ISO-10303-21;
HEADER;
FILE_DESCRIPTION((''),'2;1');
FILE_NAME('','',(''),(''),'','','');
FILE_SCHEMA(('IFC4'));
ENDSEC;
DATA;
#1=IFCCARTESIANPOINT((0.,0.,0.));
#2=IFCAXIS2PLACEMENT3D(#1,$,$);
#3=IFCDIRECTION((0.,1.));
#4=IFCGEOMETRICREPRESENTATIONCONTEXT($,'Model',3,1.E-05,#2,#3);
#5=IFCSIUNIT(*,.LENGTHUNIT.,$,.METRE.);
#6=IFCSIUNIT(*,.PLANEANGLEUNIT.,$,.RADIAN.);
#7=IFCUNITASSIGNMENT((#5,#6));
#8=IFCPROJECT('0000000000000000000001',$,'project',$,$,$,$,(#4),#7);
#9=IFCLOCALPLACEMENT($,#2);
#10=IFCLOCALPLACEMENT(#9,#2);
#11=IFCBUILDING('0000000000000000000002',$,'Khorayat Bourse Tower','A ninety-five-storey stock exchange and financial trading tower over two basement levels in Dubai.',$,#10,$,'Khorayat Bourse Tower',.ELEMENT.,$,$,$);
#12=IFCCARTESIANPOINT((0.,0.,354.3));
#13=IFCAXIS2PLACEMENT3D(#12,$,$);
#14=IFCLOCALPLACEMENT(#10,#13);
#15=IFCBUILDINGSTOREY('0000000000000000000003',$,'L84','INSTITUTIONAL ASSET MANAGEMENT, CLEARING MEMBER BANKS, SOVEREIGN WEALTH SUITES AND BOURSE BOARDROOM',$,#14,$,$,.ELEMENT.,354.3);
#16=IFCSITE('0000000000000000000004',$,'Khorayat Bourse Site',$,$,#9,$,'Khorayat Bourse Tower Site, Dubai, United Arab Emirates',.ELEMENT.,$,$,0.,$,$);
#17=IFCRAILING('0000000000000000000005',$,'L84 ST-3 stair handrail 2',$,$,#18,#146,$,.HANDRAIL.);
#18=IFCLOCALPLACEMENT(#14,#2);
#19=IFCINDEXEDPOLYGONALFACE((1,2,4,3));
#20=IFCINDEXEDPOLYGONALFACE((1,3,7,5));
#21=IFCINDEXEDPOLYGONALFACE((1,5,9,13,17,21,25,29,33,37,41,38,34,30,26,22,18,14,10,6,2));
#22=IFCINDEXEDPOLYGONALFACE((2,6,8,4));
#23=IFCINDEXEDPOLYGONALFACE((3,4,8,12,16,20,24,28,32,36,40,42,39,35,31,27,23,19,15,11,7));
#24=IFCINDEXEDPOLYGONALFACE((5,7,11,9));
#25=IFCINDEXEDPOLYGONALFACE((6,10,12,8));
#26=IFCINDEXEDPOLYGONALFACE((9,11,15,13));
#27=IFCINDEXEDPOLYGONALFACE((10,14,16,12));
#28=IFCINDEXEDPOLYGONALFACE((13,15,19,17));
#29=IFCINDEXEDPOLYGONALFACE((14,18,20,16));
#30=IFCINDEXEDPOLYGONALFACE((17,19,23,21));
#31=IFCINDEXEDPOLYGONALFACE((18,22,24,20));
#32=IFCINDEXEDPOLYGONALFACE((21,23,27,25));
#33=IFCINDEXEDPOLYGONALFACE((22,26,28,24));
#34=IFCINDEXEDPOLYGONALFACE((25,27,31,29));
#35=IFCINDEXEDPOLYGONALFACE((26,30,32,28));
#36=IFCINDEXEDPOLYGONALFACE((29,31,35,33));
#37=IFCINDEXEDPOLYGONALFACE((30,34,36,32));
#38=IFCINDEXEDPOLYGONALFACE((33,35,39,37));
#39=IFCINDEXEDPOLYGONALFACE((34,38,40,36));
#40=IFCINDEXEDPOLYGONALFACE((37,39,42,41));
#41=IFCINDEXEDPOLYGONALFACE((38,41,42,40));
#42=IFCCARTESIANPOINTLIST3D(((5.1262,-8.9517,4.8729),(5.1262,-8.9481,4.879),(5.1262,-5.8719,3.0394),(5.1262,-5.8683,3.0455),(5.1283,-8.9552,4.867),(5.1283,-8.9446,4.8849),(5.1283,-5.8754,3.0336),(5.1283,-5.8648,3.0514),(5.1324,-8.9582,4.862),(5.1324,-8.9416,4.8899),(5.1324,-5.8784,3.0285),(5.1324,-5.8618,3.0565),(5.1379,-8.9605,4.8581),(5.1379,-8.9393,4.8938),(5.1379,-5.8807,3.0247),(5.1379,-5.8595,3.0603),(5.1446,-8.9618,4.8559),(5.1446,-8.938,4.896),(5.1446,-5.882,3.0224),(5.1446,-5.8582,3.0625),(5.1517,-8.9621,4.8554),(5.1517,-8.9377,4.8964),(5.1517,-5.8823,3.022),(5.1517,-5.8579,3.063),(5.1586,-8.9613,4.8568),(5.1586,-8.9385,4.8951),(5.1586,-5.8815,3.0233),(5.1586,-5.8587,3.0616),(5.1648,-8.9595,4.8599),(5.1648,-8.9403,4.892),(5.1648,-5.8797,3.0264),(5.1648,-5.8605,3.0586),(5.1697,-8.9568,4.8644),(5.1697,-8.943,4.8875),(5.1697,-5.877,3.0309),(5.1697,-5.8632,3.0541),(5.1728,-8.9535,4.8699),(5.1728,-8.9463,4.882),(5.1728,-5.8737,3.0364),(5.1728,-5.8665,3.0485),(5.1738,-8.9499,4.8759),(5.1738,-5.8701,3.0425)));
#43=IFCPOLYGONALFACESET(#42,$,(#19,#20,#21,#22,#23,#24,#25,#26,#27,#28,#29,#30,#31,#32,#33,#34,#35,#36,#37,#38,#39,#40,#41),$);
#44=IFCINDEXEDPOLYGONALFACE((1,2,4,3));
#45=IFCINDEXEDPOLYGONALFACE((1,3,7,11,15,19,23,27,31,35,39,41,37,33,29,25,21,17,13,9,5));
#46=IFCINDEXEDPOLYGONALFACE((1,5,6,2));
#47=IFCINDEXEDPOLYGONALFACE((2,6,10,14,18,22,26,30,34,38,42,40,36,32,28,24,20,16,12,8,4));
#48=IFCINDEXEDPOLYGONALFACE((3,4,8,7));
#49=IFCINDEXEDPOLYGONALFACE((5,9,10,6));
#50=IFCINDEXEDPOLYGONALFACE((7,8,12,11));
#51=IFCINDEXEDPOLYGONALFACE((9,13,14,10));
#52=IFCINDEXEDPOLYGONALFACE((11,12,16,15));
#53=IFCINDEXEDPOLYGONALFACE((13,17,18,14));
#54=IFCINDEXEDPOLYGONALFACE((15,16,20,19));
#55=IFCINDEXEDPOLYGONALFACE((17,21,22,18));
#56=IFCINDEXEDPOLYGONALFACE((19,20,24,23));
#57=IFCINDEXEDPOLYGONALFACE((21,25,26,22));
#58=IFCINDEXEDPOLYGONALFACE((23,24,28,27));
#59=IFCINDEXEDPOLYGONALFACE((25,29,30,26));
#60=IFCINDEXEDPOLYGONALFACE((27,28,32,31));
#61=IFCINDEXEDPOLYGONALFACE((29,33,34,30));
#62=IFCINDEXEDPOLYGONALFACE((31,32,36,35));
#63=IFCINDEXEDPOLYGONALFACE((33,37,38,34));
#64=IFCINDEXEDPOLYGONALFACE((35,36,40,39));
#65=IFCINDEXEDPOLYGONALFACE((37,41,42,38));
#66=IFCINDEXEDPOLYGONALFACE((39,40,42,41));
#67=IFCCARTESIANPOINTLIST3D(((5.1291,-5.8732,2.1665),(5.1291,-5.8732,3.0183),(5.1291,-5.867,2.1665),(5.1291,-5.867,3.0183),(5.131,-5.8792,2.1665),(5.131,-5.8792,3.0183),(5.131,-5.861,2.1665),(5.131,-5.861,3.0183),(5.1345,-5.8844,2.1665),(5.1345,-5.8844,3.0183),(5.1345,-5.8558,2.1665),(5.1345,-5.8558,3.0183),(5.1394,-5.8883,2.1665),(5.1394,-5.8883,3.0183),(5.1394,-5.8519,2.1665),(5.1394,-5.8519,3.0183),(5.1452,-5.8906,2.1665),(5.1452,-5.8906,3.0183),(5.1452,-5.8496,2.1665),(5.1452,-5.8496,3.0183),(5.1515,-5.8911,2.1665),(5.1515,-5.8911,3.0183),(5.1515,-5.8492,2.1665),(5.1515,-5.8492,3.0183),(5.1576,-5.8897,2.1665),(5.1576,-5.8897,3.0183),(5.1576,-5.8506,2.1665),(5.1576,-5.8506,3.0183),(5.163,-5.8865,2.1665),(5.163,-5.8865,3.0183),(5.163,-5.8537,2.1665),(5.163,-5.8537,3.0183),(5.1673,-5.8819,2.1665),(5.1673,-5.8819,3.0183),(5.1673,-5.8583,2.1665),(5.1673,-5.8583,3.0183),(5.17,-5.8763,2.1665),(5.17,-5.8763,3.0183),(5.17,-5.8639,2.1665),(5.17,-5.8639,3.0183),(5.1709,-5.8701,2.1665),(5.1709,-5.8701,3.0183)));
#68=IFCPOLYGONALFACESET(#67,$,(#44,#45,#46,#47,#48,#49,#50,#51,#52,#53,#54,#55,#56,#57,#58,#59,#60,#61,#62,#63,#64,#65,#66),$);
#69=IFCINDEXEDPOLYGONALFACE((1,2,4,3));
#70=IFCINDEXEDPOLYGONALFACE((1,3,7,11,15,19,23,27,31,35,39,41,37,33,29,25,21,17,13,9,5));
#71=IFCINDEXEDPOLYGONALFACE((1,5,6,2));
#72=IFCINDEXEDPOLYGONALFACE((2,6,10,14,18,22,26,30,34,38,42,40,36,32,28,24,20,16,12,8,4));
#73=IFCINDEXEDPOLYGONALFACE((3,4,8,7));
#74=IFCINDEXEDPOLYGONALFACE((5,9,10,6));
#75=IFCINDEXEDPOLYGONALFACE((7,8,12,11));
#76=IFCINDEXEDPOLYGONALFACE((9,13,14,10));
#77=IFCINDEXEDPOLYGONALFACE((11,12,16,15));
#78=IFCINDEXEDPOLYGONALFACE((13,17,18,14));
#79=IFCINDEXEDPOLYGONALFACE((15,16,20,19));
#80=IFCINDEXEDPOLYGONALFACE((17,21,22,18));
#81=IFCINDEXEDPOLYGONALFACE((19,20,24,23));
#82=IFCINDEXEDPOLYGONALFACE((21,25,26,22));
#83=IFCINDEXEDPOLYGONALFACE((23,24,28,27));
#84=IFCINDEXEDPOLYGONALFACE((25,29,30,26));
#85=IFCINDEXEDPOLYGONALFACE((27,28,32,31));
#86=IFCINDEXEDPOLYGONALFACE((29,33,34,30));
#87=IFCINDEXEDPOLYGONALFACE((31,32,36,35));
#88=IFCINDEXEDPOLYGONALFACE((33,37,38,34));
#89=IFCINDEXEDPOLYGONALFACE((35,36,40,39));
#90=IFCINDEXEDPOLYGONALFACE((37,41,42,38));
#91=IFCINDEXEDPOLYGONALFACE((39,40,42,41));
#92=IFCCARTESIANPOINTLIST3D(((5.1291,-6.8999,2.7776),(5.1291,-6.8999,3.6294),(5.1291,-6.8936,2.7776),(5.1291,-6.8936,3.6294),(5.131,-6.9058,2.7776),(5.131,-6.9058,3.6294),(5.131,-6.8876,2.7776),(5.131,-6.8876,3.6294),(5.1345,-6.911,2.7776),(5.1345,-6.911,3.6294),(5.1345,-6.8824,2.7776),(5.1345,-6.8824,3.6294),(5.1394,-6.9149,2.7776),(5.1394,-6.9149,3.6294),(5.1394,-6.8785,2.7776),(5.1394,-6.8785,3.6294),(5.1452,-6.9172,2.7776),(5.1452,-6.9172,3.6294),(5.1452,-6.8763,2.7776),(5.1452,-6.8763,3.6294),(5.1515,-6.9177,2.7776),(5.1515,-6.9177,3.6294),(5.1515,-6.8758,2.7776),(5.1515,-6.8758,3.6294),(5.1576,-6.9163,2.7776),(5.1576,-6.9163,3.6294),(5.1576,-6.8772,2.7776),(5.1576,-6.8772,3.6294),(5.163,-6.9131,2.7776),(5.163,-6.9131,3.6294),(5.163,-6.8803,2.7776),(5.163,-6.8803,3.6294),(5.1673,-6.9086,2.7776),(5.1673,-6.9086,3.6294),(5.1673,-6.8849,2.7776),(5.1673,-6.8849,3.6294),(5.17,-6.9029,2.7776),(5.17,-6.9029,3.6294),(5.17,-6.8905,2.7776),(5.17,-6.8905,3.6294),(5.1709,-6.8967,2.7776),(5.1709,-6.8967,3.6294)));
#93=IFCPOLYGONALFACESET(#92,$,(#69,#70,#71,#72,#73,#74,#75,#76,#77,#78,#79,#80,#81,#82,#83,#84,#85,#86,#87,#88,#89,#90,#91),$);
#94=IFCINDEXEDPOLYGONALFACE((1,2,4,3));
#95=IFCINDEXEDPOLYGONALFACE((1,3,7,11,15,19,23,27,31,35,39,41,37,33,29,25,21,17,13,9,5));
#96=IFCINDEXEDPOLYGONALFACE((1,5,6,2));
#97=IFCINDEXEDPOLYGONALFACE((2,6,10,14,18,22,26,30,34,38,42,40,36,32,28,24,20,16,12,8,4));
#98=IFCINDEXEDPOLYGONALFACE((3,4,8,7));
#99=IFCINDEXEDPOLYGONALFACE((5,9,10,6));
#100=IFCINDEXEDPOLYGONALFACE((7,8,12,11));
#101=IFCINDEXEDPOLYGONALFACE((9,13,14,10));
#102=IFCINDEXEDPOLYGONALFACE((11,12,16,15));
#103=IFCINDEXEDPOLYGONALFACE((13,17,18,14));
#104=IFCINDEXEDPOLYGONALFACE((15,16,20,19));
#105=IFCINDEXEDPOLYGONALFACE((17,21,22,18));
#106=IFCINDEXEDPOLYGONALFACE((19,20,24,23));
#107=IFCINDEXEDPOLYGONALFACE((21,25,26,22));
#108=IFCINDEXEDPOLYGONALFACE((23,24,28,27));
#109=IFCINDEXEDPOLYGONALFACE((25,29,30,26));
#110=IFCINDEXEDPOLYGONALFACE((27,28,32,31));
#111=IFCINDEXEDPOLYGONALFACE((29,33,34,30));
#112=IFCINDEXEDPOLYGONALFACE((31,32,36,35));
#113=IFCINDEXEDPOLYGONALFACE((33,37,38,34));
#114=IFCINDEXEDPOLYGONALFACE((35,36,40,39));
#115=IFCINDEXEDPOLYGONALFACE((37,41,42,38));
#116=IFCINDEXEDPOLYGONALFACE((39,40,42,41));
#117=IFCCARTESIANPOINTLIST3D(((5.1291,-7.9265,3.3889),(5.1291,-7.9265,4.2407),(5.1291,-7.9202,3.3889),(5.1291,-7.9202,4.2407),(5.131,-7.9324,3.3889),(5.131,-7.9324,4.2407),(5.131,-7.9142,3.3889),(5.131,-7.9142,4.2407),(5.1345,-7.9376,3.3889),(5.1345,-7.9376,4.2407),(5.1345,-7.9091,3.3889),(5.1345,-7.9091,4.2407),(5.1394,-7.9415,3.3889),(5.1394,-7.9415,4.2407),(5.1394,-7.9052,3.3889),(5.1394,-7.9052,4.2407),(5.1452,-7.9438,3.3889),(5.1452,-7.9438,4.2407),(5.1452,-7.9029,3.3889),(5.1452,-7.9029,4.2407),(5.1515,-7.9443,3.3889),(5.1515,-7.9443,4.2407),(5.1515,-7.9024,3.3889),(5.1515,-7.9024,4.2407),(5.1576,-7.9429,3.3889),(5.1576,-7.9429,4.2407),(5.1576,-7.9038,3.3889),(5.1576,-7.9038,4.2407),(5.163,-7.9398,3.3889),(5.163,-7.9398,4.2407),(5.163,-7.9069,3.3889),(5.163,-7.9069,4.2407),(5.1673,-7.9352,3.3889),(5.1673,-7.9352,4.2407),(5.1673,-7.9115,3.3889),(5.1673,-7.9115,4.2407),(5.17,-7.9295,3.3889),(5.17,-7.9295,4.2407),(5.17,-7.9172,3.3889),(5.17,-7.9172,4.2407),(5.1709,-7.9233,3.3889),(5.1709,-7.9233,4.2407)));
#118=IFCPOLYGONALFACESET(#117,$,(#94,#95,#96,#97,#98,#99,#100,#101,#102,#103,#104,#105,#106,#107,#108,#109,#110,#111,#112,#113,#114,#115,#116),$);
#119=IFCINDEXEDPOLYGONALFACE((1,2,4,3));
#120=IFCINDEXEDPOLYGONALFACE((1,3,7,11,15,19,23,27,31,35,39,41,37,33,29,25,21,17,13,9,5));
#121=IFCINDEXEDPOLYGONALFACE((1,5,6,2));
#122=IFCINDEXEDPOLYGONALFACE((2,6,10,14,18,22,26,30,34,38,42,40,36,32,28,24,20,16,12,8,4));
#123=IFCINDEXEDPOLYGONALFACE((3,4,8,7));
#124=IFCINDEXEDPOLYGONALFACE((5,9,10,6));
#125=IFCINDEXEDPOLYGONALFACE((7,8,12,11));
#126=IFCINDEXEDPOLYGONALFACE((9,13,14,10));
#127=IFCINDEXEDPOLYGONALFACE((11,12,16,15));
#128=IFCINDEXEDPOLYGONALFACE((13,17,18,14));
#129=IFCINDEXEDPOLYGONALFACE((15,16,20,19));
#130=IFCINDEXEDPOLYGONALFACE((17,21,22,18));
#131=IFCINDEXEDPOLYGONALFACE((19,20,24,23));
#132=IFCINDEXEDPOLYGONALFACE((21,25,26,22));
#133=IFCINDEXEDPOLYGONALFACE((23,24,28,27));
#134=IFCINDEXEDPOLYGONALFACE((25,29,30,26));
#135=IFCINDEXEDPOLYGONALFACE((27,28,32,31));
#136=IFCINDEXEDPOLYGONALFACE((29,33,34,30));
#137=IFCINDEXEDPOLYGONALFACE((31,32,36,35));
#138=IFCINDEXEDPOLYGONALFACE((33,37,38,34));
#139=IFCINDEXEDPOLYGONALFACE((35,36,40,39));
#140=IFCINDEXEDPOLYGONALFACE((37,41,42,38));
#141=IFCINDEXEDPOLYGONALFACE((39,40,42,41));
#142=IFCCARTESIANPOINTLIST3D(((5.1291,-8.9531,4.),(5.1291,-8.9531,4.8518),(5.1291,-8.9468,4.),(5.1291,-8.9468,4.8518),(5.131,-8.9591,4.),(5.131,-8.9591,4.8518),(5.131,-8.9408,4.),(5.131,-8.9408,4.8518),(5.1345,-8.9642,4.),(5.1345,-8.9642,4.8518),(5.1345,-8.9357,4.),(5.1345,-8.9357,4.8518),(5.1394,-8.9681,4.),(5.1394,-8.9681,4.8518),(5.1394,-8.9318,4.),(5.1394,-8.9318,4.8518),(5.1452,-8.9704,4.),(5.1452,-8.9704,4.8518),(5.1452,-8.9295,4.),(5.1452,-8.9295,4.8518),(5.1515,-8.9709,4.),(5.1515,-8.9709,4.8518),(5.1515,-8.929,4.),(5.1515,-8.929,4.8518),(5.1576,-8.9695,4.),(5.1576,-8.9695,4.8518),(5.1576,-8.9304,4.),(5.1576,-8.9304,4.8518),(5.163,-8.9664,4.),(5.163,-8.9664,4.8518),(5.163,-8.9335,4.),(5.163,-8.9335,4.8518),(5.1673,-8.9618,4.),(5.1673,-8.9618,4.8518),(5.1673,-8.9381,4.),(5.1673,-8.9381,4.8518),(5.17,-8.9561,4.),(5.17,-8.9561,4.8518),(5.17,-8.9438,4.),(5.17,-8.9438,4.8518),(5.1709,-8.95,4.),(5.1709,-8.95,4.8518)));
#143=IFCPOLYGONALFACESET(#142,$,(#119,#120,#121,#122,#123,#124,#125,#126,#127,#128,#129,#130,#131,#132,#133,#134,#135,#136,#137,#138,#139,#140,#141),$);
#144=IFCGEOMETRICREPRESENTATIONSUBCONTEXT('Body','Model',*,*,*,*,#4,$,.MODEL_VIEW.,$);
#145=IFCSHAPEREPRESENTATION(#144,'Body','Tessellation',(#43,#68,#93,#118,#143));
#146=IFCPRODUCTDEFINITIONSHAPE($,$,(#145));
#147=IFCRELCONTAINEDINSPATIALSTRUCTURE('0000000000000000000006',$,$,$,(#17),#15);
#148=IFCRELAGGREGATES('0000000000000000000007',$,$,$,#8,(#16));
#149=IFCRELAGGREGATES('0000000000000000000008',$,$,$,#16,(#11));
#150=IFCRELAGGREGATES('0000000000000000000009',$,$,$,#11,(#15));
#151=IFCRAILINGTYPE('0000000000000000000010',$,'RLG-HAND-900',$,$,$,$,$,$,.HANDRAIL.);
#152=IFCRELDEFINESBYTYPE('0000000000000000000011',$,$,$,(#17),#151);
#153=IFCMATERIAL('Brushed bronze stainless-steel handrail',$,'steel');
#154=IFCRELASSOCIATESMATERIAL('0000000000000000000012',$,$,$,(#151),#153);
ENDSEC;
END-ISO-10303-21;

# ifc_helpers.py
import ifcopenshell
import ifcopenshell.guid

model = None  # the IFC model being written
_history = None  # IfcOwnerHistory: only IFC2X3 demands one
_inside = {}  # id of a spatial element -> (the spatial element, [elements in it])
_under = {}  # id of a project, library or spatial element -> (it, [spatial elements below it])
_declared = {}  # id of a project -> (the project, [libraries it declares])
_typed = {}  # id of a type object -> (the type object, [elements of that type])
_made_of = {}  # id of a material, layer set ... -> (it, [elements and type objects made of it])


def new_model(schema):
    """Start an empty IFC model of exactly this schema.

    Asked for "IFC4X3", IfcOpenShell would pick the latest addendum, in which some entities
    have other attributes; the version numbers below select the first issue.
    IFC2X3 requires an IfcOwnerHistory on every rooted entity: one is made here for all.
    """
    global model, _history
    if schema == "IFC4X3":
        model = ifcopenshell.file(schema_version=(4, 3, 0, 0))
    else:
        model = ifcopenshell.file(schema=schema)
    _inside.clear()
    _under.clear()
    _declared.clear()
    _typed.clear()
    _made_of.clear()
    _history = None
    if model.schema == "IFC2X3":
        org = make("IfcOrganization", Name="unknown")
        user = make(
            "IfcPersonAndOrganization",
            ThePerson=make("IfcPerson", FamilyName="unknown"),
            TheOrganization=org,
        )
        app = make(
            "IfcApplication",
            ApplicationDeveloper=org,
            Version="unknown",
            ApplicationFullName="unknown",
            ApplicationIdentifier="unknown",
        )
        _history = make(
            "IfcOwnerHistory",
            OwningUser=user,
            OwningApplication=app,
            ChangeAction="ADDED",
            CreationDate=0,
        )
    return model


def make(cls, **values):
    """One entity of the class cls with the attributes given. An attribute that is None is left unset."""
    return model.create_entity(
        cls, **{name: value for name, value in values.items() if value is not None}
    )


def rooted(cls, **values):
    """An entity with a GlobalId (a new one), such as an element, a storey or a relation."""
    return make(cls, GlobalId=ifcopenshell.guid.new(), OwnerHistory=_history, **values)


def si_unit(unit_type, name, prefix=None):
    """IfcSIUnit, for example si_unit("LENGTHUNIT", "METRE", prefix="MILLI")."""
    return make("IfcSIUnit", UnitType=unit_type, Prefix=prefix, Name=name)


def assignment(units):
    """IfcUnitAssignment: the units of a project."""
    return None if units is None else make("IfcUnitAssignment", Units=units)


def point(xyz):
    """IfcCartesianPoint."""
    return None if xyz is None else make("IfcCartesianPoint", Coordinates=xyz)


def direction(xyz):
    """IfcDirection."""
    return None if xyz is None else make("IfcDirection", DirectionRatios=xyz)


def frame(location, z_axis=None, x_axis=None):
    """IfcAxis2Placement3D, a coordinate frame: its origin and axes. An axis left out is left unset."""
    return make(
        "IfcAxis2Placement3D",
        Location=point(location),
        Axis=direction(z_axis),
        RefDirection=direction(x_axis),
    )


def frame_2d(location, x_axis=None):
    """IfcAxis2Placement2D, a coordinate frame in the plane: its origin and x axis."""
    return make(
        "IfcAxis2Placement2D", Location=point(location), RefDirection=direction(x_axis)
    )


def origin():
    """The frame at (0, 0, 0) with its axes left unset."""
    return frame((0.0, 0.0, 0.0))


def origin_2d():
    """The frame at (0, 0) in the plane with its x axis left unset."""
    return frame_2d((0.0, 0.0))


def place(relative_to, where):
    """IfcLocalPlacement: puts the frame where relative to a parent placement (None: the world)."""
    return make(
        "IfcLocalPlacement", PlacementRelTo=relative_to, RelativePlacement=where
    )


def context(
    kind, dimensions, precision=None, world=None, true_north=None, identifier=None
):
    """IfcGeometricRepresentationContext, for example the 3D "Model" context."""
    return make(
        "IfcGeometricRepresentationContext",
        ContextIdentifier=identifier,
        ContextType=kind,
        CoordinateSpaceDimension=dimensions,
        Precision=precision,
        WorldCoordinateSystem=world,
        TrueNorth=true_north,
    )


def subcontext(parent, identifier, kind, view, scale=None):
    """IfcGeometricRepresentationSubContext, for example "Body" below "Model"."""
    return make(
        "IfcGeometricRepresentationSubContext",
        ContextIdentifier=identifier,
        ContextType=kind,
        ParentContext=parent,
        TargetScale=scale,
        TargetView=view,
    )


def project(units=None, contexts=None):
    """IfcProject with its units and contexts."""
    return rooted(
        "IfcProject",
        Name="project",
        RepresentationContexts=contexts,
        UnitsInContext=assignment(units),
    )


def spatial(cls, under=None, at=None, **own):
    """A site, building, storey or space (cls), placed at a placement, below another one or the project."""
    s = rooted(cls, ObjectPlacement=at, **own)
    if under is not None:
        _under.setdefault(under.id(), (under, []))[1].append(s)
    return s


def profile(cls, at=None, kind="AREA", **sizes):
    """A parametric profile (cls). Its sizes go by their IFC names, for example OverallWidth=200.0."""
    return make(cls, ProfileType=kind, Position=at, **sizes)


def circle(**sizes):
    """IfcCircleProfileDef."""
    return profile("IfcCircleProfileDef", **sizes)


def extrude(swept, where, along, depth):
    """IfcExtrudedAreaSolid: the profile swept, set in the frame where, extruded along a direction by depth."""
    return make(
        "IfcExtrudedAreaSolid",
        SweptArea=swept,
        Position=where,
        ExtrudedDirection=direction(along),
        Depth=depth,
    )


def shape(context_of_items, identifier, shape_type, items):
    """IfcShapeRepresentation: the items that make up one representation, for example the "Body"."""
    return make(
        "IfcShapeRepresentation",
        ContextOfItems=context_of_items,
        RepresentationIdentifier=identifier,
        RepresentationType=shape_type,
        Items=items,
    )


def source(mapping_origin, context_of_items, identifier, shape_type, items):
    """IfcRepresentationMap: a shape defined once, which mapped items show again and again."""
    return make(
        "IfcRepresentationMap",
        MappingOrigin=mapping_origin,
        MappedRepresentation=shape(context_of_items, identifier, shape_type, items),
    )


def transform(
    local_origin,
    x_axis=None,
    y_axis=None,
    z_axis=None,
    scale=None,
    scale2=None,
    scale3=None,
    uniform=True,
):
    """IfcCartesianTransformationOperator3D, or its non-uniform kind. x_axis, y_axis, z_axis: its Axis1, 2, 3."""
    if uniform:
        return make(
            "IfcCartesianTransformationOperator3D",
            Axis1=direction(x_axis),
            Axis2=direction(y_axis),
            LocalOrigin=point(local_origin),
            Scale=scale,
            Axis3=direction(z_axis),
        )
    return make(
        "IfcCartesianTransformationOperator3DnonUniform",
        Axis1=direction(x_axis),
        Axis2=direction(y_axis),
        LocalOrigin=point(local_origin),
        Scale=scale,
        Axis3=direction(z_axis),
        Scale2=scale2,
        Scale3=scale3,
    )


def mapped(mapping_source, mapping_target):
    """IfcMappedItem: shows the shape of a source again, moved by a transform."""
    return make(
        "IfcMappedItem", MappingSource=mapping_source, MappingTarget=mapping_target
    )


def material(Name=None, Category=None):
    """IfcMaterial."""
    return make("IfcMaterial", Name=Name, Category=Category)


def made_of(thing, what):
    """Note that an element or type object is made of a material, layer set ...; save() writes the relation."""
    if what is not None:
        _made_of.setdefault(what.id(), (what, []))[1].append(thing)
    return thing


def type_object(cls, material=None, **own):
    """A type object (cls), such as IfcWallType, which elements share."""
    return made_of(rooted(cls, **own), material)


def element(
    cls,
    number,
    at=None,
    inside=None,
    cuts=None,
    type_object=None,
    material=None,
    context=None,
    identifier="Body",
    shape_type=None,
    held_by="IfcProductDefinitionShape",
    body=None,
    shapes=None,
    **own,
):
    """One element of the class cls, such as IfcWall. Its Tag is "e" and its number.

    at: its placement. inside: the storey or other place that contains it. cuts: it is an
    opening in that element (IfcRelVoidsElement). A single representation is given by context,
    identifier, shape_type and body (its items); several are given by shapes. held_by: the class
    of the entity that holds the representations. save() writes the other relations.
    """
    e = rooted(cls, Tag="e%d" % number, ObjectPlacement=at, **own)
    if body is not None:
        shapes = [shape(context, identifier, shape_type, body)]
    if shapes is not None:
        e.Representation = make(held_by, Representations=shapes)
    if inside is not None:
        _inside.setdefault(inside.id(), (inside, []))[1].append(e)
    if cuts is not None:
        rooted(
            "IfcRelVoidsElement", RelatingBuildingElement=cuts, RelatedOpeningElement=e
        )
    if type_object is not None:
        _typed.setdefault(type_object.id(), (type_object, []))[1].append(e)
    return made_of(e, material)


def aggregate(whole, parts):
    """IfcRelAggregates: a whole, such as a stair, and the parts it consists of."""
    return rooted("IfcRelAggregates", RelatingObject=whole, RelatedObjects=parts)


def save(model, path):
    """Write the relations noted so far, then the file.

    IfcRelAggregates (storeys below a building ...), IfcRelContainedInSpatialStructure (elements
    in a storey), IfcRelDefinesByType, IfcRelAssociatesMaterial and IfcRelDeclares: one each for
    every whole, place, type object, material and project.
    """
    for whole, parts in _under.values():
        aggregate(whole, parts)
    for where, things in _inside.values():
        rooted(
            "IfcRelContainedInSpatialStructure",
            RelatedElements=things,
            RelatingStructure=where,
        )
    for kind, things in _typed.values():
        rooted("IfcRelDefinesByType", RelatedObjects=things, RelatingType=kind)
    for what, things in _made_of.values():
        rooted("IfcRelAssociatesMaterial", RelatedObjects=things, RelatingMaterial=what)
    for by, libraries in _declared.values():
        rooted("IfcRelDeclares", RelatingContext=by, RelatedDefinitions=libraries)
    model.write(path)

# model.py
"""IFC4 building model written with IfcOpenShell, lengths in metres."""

from ifc_helpers import new_model, si_unit, direction, frame, origin, origin_2d, place, context, subcontext, project, spatial, circle, extrude, source, transform, mapped, material, type_object, element, save


model = new_model("IFC4")

# Units and contexts
model_context = context("Model", 3, precision=1e-05, world=origin(), true_north=direction((0.0, 1.0)))
body_context = subcontext(model_context, "Body", "Model", "MODEL_VIEW")
ifc_project = project(units=[si_unit("LENGTHUNIT", "METRE"), si_unit("PLANEANGLEUNIT", "RADIAN")], contexts=[model_context])

# Site, building, storey
site_placement = place(None, origin())
site = spatial("IfcSite", under=ifc_project, at=site_placement, Name="Khorayat Bourse Site", LongName="Khorayat Bourse Tower Site, Dubai, United Arab Emirates", CompositionType="ELEMENT", RefElevation=0.0)
building_placement = place(site_placement, origin())
building = spatial("IfcBuilding", under=site, at=building_placement, Name="Khorayat Bourse Tower", Description="A ninety-five-storey stock exchange and financial trading tower over two basement levels in Dubai.", LongName="Khorayat Bourse Tower", CompositionType="ELEMENT")
storey_placement = place(building_placement, frame((0.0, 0.0, 354.3)))
storey = spatial("IfcBuildingStorey", under=building, at=storey_placement, Name="L84", Description="INSTITUTIONAL ASSET MANAGEMENT, CLEARING MEMBER BANKS, SOVEREIGN WEALTH SUITES AND BOURSE BOARDROOM", CompositionType="ELEMENT", Elevation=354.3)

# Railing
ifc_material_1 = material(Name="Brushed bronze stainless-steel handrail", Category="steel")
railing_type_1 = type_object("IfcRailingType", Name="RLG-HAND-900", PredefinedType="HANDRAIL", material=ifc_material_1)
shared_shape_1 = source(origin(), body_context, "Body", "SweptSolid", [
    extrude(circle(Radius=0.0239, at=origin_2d()), frame((0.0, 0.0, 0.876), z_axis=(0.0, -0.859261, 0.511538), x_axis=(1.0, 0.0, 0.0)), (0.0, 0.0, 1.0), 3.5842),
    extrude(circle(Radius=0.021, at=origin_2d()), origin(), (0.0, 0.0, 1.0), 0.8518),
    extrude(circle(Radius=0.021, at=origin_2d()), frame((0.0, -1.0266, 0.6111)), (0.0, 0.0, 1.0), 0.8518),
    extrude(circle(Radius=0.021, at=origin_2d()), frame((0.0, -2.0532, 1.2224)), (0.0, 0.0, 1.0), 0.8518),
    extrude(circle(Radius=0.021, at=origin_2d()), frame((0.0, -3.0798, 1.8335)), (0.0, 0.0, 1.0), 0.8518),
])
railing_1_placement = place(storey_placement, frame((5.1499, -5.8701, 2.1665)))
element("IfcRailing", 1, at=railing_1_placement, inside=storey, type_object=railing_type_1, Name="L84 ST-3 stair handrail 2", PredefinedType="HANDRAIL", context=body_context, shape_type="MappedRepresentation", body=[
    mapped(shared_shape_1, transform((0.0, 0.0, 0.0), scale=1.0)),
])

save(model, "model.ifc")
